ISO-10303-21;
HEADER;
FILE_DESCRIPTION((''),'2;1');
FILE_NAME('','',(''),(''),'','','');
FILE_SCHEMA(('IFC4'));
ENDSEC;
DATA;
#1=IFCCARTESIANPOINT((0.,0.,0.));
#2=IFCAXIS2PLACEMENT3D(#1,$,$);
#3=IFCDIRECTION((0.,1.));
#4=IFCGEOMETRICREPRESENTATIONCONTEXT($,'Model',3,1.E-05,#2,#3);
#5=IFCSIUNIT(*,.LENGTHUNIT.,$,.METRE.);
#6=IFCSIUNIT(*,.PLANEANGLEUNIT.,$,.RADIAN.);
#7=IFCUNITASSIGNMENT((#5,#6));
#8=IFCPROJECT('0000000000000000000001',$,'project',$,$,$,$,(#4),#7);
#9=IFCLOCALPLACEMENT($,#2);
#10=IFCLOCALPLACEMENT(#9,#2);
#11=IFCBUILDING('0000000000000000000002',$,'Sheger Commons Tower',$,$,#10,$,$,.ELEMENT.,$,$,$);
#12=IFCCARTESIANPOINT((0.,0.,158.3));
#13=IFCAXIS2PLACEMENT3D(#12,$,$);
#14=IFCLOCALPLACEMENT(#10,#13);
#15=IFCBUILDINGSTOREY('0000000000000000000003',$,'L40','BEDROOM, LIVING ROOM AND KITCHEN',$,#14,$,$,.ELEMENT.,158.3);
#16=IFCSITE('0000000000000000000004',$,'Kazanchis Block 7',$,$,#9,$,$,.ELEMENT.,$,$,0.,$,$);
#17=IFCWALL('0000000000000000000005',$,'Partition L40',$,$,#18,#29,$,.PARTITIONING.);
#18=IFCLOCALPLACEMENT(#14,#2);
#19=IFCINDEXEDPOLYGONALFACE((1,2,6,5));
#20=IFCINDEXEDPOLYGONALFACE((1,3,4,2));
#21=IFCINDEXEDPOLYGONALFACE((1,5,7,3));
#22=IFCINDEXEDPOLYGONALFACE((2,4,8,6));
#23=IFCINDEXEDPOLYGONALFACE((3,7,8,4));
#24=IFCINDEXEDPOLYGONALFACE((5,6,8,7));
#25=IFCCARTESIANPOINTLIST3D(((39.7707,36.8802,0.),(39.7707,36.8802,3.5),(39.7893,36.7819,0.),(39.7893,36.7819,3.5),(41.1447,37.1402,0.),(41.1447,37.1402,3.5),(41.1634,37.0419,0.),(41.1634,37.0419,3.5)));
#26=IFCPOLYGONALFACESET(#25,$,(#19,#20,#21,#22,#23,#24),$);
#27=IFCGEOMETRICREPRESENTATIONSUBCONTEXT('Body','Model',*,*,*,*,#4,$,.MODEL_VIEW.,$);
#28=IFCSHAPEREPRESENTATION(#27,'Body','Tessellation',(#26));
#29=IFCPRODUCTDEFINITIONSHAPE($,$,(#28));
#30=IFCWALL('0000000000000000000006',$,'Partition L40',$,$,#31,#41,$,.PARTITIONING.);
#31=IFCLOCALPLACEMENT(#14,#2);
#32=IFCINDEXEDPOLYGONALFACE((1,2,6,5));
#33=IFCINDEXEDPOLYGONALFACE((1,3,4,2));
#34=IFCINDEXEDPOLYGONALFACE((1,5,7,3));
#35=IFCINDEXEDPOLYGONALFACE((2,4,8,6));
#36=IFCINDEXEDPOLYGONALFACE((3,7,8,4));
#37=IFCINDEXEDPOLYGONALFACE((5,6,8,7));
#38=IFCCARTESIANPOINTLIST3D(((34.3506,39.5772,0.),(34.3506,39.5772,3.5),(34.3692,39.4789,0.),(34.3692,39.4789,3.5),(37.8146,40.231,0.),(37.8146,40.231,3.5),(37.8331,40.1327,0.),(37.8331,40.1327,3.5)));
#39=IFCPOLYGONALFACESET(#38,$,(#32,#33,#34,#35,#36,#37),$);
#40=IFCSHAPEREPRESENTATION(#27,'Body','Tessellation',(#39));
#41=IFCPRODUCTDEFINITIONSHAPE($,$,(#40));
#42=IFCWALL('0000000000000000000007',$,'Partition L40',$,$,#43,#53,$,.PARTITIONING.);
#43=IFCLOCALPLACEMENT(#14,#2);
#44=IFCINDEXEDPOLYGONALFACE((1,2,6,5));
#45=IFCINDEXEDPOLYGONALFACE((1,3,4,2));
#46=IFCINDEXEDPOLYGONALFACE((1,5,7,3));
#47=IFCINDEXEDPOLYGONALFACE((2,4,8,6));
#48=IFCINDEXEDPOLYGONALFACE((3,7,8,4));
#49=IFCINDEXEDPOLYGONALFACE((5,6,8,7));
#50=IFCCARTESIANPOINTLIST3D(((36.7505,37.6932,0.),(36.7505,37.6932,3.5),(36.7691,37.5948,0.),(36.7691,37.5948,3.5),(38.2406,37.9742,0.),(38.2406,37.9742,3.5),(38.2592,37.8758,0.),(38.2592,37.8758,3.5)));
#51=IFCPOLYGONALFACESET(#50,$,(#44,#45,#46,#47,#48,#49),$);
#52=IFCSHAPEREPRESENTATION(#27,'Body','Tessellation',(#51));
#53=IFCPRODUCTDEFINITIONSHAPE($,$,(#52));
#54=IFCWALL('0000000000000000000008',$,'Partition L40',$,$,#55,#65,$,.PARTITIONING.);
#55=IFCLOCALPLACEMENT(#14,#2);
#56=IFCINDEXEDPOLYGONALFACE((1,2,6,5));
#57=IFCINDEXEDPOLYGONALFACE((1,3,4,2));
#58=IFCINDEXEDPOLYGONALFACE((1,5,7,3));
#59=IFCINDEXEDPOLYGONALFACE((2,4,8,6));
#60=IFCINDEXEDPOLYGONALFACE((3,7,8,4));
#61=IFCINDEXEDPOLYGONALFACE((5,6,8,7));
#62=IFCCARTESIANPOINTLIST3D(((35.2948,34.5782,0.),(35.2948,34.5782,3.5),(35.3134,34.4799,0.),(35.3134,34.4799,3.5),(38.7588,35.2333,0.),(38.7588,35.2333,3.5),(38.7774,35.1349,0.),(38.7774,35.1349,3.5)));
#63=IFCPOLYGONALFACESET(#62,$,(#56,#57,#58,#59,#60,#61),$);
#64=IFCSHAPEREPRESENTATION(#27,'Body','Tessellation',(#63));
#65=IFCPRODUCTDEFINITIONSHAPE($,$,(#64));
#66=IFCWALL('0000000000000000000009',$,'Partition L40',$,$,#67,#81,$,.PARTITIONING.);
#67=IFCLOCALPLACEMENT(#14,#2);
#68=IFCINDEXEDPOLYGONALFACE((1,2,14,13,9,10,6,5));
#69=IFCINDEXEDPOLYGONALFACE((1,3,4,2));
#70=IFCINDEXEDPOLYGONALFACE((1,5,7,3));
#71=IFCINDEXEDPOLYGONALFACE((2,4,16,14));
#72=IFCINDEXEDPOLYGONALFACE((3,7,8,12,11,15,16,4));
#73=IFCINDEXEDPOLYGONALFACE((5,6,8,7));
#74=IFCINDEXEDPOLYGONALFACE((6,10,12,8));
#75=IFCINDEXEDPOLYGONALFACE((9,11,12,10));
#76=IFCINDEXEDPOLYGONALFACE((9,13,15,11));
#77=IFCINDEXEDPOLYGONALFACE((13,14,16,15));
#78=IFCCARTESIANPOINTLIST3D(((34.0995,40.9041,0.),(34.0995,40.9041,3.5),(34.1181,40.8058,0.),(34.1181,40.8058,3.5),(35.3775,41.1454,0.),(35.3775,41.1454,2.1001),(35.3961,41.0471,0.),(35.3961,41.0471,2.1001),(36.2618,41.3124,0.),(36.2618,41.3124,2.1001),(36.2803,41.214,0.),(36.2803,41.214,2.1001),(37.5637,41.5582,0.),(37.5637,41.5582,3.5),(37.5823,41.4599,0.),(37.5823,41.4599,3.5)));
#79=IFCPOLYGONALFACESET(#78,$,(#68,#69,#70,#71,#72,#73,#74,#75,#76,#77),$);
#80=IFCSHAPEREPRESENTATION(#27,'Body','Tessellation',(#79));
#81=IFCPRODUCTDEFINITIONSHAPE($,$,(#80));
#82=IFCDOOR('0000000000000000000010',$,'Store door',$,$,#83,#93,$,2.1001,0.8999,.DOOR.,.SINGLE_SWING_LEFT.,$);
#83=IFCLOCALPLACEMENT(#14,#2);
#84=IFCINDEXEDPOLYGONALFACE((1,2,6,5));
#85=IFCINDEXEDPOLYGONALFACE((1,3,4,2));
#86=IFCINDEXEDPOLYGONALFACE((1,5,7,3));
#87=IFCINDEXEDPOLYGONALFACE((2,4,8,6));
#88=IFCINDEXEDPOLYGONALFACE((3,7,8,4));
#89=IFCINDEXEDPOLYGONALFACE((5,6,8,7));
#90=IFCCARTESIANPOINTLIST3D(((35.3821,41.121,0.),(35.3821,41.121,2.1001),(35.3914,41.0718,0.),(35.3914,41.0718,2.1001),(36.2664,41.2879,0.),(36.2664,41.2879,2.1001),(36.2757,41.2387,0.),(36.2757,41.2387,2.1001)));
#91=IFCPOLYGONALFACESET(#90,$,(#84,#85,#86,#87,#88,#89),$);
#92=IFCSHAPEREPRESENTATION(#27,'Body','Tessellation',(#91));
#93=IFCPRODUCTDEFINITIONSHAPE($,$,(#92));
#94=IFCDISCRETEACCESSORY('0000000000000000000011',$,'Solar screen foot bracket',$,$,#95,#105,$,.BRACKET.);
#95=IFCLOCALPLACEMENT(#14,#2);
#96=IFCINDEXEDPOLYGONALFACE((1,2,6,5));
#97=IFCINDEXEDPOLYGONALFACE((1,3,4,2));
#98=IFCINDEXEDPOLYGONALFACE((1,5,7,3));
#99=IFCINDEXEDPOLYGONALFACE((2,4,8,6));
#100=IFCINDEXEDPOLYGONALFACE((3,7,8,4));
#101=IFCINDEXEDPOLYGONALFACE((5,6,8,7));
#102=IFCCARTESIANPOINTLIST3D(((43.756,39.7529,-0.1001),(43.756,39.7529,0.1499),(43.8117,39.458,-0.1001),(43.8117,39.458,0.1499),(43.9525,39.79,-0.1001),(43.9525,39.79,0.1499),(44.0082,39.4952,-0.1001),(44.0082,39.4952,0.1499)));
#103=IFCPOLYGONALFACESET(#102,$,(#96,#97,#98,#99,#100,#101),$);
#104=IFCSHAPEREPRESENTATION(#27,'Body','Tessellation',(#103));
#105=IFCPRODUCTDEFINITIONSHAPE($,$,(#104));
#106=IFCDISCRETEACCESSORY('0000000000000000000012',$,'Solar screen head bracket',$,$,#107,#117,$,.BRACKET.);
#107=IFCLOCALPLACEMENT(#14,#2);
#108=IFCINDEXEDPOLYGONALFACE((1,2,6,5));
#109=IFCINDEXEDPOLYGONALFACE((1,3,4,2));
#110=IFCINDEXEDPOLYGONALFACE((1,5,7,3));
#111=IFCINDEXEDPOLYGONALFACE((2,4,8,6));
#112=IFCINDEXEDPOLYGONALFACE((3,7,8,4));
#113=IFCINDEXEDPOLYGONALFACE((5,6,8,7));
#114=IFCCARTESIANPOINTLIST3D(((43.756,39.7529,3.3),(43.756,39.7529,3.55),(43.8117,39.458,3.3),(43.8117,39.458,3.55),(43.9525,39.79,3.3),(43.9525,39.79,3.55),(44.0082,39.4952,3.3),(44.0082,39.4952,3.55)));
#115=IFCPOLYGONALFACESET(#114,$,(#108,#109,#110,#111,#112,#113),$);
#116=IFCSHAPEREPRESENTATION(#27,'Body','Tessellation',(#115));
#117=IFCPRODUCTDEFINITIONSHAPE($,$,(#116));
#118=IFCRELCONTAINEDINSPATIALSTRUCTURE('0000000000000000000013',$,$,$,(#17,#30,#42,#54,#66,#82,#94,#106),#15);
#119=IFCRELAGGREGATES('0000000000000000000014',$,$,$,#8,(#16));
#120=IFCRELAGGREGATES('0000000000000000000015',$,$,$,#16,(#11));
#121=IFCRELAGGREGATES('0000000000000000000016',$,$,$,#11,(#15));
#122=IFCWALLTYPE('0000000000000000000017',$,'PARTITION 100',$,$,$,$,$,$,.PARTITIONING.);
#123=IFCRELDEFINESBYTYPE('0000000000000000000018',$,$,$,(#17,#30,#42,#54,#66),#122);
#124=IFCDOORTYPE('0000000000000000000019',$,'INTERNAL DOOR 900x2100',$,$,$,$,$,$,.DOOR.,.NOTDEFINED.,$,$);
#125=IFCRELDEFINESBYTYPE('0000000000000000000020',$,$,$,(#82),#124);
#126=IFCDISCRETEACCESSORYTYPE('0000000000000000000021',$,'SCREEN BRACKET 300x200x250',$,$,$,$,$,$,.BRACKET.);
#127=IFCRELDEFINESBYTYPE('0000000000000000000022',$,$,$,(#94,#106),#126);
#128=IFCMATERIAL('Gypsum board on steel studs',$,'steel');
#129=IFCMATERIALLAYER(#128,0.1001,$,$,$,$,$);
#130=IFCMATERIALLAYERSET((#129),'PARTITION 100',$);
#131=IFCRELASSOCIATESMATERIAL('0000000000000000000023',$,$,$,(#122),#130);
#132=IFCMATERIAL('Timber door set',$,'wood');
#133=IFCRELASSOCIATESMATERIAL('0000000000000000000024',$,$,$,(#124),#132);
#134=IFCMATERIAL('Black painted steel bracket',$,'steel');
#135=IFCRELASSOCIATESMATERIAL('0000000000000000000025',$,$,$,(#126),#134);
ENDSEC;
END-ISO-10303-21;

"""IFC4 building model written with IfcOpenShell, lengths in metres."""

from ifc_helpers import new_model, si_unit, direction, frame, frame_2d, origin, origin_2d, place, context, subcontext, project, spatial, rectangle, extrude, material, layer, layer_set, type_object, element, fill, save


model = new_model("IFC4")

# Units and contexts
model_context = context("Model", 3, precision=1e-05, world=origin(), true_north=direction((0.0, 1.0)))
body_context = subcontext(model_context, "Body", "Model", "MODEL_VIEW")
ifc_project = project(units=[si_unit("LENGTHUNIT", "METRE"), si_unit("PLANEANGLEUNIT", "RADIAN")], contexts=[model_context])

# Site, building, storey
site_placement = place(None, origin())
site = spatial("IfcSite", under=ifc_project, at=site_placement, Name="Kazanchis Block 7", CompositionType="ELEMENT", RefElevation=0.0)
building_placement = place(site_placement, origin())
building = spatial("IfcBuilding", under=site, at=building_placement, Name="Sheger Commons Tower", CompositionType="ELEMENT")
storey_placement = place(building_placement, frame((0.0, 0.0, 158.3)))
storey = spatial("IfcBuildingStorey", under=building, at=storey_placement, Name="L40", Description="BEDROOM, LIVING ROOM AND KITCHEN", CompositionType="ELEMENT", Elevation=158.3)

# Shared definitions
ifc_material_1 = material(Name="Gypsum board on steel studs", Category="steel")
ifc_layer_1 = layer(ifc_material_1, 0.1001)
ifc_layer_set_1 = layer_set([ifc_layer_1], Name="PARTITION 100")
wall_type = type_object("IfcWallType", Name="PARTITION 100", PredefinedType="PARTITIONING", material=ifc_layer_set_1)

# Shared definitions
ifc_material_2 = material(Name="Timber door set", Category="wood")
door_type = type_object("IfcDoorType", Name="INTERNAL DOOR 900x2100", OperationType="NOTDEFINED", PredefinedType="DOOR", material=ifc_material_2)

# Walls
wall_1_placement = place(storey_placement, frame((41.1541, 37.0911, 0.0), z_axis=(0.0, 0.0, 1.0), x_axis=(-0.982562, -0.185933, 0.0)))
element("IfcWall", 1, at=wall_1_placement, inside=storey, type_object=wall_type, Name="Partition L40", PredefinedType="PARTITIONING", context=body_context, shape_type="SweptSolid", body=[
    extrude(rectangle(XDim=1.3984, YDim=0.1001, at=frame_2d((0.6992, 0.0))), origin(), (0.0, 0.0, 1.0), 3.5),
])
wall_2_placement = place(storey_placement, frame((37.824, 40.1819, 0.0), z_axis=(0.0, 0.0, 1.0), x_axis=(-0.982649, -0.185476, 0.0)))
element("IfcWall", 2, at=wall_2_placement, inside=storey, type_object=wall_type, Name="Partition L40", PredefinedType="PARTITIONING", context=body_context, shape_type="SweptSolid", body=[
    extrude(rectangle(XDim=3.5251, YDim=0.1001, at=frame_2d((1.7627, 0.0))), origin(), (0.0, 0.0, 1.0), 3.5),
])
wall_3_placement = place(storey_placement, frame((38.25, 37.925, 0.0), z_axis=(0.0, 0.0, 1.0), x_axis=(-0.982677, -0.185329, 0.0)))
element("IfcWall", 3, at=wall_3_placement, inside=storey, type_object=wall_type, Name="Partition L40", PredefinedType="PARTITIONING", context=body_context, shape_type="SweptSolid", body=[
    extrude(rectangle(XDim=1.5164, YDim=0.1001, at=frame_2d((0.7583, 0.0))), origin(), (0.0, 0.0, 1.0), 3.5),
])
wall_4_placement = place(storey_placement, frame((38.7681, 35.1841, 0.0), z_axis=(0.0, 0.0, 1.0), x_axis=(-0.982588, -0.185798, 0.0)))
element("IfcWall", 4, at=wall_4_placement, inside=storey, type_object=wall_type, Name="Partition L40", PredefinedType="PARTITIONING", context=body_context, shape_type="SweptSolid", body=[
    extrude(rectangle(XDim=3.5254, YDim=0.1001, at=frame_2d((1.7627, 0.0))), origin(), (0.0, 0.0, 1.0), 3.5),
])

# Wall, opening, door
wall_5_placement = place(storey_placement, frame((37.573, 41.509, 0.0), z_axis=(0.0, 0.0, 1.0), x_axis=(-0.982639, -0.18553, 0.0)))
wall_5 = element("IfcWall", 5, at=wall_5_placement, inside=storey, type_object=wall_type, Name="Partition L40", PredefinedType="PARTITIONING", context=body_context, shape_type="SweptSolid", body=[
    extrude(rectangle(XDim=3.5254, YDim=0.1001, at=frame_2d((1.7627, 0.0))), origin(), (0.0, 0.0, 1.0), 3.5),
])
opening_1_placement = place(wall_5_placement, frame((1.325, 0.0, 0.0)))
opening_1 = element("IfcOpeningElement", 6, at=opening_1_placement, cuts=wall_5, PredefinedType="OPENING", context=body_context, shape_type="SweptSolid", body=[
    extrude(rectangle(XDim=0.8999, YDim=2.1001, at=frame_2d((0.45, 1.05))), frame((0.0, 0.0601, 0.0), z_axis=(0.0, -1.0, 0.0), x_axis=(1.0, 0.0, 0.0)), (0.0, 0.0, 1.0), 0.1201),
])
door_1_placement = place(opening_1_placement, origin())
door_1 = element("IfcDoor", 7, at=door_1_placement, inside=storey, type_object=door_type, Name="Store door", OperationType="SINGLE_SWING_LEFT", OverallHeight=2.1001, OverallWidth=0.8999, PredefinedType="DOOR", context=body_context, shape_type="SweptSolid", body=[
    extrude(rectangle(XDim=0.8999, YDim=2.1001, at=frame_2d((0.45, 1.05))), frame((0.0, 0.0249, 0.0), z_axis=(0.0, -1.0, 0.0), x_axis=(1.0, 0.0, 0.0)), (0.0, 0.0, 1.0), 0.05),
])
fill(opening_1, door_1)

# Discrete accessories
ifc_material_3 = material(Name="Black painted steel bracket", Category="steel")
discrete_accessory_type = type_object("IfcDiscreteAccessoryType", Name="SCREEN BRACKET 300x200x250", PredefinedType="BRACKET", material=ifc_material_3)
for number, where, z_axis, x_axis, name in (
    (8, (43.8821, 39.624, -0.1001), (0.0, 0.0, 1.0), (-0.185615, 0.982623, 0.0), "Solar screen foot bracket"),
    (9, (43.8821, 39.624, 3.3), (0.0, 0.0, 1.0), (-0.185615, 0.982623, 0.0), "Solar screen head bracket"),
):
    element("IfcDiscreteAccessory", number, at=place(storey_placement, frame(where, z_axis=z_axis, x_axis=x_axis)), inside=storey, type_object=discrete_accessory_type, Name=name, PredefinedType="BRACKET", context=body_context, shape_type="SweptSolid", body=[
        extrude(rectangle(XDim=0.3, YDim=0.2, at=origin_2d()), origin(), (0.0, 0.0, 1.0), 0.25),
    ])

save(model, "model.ifc")
